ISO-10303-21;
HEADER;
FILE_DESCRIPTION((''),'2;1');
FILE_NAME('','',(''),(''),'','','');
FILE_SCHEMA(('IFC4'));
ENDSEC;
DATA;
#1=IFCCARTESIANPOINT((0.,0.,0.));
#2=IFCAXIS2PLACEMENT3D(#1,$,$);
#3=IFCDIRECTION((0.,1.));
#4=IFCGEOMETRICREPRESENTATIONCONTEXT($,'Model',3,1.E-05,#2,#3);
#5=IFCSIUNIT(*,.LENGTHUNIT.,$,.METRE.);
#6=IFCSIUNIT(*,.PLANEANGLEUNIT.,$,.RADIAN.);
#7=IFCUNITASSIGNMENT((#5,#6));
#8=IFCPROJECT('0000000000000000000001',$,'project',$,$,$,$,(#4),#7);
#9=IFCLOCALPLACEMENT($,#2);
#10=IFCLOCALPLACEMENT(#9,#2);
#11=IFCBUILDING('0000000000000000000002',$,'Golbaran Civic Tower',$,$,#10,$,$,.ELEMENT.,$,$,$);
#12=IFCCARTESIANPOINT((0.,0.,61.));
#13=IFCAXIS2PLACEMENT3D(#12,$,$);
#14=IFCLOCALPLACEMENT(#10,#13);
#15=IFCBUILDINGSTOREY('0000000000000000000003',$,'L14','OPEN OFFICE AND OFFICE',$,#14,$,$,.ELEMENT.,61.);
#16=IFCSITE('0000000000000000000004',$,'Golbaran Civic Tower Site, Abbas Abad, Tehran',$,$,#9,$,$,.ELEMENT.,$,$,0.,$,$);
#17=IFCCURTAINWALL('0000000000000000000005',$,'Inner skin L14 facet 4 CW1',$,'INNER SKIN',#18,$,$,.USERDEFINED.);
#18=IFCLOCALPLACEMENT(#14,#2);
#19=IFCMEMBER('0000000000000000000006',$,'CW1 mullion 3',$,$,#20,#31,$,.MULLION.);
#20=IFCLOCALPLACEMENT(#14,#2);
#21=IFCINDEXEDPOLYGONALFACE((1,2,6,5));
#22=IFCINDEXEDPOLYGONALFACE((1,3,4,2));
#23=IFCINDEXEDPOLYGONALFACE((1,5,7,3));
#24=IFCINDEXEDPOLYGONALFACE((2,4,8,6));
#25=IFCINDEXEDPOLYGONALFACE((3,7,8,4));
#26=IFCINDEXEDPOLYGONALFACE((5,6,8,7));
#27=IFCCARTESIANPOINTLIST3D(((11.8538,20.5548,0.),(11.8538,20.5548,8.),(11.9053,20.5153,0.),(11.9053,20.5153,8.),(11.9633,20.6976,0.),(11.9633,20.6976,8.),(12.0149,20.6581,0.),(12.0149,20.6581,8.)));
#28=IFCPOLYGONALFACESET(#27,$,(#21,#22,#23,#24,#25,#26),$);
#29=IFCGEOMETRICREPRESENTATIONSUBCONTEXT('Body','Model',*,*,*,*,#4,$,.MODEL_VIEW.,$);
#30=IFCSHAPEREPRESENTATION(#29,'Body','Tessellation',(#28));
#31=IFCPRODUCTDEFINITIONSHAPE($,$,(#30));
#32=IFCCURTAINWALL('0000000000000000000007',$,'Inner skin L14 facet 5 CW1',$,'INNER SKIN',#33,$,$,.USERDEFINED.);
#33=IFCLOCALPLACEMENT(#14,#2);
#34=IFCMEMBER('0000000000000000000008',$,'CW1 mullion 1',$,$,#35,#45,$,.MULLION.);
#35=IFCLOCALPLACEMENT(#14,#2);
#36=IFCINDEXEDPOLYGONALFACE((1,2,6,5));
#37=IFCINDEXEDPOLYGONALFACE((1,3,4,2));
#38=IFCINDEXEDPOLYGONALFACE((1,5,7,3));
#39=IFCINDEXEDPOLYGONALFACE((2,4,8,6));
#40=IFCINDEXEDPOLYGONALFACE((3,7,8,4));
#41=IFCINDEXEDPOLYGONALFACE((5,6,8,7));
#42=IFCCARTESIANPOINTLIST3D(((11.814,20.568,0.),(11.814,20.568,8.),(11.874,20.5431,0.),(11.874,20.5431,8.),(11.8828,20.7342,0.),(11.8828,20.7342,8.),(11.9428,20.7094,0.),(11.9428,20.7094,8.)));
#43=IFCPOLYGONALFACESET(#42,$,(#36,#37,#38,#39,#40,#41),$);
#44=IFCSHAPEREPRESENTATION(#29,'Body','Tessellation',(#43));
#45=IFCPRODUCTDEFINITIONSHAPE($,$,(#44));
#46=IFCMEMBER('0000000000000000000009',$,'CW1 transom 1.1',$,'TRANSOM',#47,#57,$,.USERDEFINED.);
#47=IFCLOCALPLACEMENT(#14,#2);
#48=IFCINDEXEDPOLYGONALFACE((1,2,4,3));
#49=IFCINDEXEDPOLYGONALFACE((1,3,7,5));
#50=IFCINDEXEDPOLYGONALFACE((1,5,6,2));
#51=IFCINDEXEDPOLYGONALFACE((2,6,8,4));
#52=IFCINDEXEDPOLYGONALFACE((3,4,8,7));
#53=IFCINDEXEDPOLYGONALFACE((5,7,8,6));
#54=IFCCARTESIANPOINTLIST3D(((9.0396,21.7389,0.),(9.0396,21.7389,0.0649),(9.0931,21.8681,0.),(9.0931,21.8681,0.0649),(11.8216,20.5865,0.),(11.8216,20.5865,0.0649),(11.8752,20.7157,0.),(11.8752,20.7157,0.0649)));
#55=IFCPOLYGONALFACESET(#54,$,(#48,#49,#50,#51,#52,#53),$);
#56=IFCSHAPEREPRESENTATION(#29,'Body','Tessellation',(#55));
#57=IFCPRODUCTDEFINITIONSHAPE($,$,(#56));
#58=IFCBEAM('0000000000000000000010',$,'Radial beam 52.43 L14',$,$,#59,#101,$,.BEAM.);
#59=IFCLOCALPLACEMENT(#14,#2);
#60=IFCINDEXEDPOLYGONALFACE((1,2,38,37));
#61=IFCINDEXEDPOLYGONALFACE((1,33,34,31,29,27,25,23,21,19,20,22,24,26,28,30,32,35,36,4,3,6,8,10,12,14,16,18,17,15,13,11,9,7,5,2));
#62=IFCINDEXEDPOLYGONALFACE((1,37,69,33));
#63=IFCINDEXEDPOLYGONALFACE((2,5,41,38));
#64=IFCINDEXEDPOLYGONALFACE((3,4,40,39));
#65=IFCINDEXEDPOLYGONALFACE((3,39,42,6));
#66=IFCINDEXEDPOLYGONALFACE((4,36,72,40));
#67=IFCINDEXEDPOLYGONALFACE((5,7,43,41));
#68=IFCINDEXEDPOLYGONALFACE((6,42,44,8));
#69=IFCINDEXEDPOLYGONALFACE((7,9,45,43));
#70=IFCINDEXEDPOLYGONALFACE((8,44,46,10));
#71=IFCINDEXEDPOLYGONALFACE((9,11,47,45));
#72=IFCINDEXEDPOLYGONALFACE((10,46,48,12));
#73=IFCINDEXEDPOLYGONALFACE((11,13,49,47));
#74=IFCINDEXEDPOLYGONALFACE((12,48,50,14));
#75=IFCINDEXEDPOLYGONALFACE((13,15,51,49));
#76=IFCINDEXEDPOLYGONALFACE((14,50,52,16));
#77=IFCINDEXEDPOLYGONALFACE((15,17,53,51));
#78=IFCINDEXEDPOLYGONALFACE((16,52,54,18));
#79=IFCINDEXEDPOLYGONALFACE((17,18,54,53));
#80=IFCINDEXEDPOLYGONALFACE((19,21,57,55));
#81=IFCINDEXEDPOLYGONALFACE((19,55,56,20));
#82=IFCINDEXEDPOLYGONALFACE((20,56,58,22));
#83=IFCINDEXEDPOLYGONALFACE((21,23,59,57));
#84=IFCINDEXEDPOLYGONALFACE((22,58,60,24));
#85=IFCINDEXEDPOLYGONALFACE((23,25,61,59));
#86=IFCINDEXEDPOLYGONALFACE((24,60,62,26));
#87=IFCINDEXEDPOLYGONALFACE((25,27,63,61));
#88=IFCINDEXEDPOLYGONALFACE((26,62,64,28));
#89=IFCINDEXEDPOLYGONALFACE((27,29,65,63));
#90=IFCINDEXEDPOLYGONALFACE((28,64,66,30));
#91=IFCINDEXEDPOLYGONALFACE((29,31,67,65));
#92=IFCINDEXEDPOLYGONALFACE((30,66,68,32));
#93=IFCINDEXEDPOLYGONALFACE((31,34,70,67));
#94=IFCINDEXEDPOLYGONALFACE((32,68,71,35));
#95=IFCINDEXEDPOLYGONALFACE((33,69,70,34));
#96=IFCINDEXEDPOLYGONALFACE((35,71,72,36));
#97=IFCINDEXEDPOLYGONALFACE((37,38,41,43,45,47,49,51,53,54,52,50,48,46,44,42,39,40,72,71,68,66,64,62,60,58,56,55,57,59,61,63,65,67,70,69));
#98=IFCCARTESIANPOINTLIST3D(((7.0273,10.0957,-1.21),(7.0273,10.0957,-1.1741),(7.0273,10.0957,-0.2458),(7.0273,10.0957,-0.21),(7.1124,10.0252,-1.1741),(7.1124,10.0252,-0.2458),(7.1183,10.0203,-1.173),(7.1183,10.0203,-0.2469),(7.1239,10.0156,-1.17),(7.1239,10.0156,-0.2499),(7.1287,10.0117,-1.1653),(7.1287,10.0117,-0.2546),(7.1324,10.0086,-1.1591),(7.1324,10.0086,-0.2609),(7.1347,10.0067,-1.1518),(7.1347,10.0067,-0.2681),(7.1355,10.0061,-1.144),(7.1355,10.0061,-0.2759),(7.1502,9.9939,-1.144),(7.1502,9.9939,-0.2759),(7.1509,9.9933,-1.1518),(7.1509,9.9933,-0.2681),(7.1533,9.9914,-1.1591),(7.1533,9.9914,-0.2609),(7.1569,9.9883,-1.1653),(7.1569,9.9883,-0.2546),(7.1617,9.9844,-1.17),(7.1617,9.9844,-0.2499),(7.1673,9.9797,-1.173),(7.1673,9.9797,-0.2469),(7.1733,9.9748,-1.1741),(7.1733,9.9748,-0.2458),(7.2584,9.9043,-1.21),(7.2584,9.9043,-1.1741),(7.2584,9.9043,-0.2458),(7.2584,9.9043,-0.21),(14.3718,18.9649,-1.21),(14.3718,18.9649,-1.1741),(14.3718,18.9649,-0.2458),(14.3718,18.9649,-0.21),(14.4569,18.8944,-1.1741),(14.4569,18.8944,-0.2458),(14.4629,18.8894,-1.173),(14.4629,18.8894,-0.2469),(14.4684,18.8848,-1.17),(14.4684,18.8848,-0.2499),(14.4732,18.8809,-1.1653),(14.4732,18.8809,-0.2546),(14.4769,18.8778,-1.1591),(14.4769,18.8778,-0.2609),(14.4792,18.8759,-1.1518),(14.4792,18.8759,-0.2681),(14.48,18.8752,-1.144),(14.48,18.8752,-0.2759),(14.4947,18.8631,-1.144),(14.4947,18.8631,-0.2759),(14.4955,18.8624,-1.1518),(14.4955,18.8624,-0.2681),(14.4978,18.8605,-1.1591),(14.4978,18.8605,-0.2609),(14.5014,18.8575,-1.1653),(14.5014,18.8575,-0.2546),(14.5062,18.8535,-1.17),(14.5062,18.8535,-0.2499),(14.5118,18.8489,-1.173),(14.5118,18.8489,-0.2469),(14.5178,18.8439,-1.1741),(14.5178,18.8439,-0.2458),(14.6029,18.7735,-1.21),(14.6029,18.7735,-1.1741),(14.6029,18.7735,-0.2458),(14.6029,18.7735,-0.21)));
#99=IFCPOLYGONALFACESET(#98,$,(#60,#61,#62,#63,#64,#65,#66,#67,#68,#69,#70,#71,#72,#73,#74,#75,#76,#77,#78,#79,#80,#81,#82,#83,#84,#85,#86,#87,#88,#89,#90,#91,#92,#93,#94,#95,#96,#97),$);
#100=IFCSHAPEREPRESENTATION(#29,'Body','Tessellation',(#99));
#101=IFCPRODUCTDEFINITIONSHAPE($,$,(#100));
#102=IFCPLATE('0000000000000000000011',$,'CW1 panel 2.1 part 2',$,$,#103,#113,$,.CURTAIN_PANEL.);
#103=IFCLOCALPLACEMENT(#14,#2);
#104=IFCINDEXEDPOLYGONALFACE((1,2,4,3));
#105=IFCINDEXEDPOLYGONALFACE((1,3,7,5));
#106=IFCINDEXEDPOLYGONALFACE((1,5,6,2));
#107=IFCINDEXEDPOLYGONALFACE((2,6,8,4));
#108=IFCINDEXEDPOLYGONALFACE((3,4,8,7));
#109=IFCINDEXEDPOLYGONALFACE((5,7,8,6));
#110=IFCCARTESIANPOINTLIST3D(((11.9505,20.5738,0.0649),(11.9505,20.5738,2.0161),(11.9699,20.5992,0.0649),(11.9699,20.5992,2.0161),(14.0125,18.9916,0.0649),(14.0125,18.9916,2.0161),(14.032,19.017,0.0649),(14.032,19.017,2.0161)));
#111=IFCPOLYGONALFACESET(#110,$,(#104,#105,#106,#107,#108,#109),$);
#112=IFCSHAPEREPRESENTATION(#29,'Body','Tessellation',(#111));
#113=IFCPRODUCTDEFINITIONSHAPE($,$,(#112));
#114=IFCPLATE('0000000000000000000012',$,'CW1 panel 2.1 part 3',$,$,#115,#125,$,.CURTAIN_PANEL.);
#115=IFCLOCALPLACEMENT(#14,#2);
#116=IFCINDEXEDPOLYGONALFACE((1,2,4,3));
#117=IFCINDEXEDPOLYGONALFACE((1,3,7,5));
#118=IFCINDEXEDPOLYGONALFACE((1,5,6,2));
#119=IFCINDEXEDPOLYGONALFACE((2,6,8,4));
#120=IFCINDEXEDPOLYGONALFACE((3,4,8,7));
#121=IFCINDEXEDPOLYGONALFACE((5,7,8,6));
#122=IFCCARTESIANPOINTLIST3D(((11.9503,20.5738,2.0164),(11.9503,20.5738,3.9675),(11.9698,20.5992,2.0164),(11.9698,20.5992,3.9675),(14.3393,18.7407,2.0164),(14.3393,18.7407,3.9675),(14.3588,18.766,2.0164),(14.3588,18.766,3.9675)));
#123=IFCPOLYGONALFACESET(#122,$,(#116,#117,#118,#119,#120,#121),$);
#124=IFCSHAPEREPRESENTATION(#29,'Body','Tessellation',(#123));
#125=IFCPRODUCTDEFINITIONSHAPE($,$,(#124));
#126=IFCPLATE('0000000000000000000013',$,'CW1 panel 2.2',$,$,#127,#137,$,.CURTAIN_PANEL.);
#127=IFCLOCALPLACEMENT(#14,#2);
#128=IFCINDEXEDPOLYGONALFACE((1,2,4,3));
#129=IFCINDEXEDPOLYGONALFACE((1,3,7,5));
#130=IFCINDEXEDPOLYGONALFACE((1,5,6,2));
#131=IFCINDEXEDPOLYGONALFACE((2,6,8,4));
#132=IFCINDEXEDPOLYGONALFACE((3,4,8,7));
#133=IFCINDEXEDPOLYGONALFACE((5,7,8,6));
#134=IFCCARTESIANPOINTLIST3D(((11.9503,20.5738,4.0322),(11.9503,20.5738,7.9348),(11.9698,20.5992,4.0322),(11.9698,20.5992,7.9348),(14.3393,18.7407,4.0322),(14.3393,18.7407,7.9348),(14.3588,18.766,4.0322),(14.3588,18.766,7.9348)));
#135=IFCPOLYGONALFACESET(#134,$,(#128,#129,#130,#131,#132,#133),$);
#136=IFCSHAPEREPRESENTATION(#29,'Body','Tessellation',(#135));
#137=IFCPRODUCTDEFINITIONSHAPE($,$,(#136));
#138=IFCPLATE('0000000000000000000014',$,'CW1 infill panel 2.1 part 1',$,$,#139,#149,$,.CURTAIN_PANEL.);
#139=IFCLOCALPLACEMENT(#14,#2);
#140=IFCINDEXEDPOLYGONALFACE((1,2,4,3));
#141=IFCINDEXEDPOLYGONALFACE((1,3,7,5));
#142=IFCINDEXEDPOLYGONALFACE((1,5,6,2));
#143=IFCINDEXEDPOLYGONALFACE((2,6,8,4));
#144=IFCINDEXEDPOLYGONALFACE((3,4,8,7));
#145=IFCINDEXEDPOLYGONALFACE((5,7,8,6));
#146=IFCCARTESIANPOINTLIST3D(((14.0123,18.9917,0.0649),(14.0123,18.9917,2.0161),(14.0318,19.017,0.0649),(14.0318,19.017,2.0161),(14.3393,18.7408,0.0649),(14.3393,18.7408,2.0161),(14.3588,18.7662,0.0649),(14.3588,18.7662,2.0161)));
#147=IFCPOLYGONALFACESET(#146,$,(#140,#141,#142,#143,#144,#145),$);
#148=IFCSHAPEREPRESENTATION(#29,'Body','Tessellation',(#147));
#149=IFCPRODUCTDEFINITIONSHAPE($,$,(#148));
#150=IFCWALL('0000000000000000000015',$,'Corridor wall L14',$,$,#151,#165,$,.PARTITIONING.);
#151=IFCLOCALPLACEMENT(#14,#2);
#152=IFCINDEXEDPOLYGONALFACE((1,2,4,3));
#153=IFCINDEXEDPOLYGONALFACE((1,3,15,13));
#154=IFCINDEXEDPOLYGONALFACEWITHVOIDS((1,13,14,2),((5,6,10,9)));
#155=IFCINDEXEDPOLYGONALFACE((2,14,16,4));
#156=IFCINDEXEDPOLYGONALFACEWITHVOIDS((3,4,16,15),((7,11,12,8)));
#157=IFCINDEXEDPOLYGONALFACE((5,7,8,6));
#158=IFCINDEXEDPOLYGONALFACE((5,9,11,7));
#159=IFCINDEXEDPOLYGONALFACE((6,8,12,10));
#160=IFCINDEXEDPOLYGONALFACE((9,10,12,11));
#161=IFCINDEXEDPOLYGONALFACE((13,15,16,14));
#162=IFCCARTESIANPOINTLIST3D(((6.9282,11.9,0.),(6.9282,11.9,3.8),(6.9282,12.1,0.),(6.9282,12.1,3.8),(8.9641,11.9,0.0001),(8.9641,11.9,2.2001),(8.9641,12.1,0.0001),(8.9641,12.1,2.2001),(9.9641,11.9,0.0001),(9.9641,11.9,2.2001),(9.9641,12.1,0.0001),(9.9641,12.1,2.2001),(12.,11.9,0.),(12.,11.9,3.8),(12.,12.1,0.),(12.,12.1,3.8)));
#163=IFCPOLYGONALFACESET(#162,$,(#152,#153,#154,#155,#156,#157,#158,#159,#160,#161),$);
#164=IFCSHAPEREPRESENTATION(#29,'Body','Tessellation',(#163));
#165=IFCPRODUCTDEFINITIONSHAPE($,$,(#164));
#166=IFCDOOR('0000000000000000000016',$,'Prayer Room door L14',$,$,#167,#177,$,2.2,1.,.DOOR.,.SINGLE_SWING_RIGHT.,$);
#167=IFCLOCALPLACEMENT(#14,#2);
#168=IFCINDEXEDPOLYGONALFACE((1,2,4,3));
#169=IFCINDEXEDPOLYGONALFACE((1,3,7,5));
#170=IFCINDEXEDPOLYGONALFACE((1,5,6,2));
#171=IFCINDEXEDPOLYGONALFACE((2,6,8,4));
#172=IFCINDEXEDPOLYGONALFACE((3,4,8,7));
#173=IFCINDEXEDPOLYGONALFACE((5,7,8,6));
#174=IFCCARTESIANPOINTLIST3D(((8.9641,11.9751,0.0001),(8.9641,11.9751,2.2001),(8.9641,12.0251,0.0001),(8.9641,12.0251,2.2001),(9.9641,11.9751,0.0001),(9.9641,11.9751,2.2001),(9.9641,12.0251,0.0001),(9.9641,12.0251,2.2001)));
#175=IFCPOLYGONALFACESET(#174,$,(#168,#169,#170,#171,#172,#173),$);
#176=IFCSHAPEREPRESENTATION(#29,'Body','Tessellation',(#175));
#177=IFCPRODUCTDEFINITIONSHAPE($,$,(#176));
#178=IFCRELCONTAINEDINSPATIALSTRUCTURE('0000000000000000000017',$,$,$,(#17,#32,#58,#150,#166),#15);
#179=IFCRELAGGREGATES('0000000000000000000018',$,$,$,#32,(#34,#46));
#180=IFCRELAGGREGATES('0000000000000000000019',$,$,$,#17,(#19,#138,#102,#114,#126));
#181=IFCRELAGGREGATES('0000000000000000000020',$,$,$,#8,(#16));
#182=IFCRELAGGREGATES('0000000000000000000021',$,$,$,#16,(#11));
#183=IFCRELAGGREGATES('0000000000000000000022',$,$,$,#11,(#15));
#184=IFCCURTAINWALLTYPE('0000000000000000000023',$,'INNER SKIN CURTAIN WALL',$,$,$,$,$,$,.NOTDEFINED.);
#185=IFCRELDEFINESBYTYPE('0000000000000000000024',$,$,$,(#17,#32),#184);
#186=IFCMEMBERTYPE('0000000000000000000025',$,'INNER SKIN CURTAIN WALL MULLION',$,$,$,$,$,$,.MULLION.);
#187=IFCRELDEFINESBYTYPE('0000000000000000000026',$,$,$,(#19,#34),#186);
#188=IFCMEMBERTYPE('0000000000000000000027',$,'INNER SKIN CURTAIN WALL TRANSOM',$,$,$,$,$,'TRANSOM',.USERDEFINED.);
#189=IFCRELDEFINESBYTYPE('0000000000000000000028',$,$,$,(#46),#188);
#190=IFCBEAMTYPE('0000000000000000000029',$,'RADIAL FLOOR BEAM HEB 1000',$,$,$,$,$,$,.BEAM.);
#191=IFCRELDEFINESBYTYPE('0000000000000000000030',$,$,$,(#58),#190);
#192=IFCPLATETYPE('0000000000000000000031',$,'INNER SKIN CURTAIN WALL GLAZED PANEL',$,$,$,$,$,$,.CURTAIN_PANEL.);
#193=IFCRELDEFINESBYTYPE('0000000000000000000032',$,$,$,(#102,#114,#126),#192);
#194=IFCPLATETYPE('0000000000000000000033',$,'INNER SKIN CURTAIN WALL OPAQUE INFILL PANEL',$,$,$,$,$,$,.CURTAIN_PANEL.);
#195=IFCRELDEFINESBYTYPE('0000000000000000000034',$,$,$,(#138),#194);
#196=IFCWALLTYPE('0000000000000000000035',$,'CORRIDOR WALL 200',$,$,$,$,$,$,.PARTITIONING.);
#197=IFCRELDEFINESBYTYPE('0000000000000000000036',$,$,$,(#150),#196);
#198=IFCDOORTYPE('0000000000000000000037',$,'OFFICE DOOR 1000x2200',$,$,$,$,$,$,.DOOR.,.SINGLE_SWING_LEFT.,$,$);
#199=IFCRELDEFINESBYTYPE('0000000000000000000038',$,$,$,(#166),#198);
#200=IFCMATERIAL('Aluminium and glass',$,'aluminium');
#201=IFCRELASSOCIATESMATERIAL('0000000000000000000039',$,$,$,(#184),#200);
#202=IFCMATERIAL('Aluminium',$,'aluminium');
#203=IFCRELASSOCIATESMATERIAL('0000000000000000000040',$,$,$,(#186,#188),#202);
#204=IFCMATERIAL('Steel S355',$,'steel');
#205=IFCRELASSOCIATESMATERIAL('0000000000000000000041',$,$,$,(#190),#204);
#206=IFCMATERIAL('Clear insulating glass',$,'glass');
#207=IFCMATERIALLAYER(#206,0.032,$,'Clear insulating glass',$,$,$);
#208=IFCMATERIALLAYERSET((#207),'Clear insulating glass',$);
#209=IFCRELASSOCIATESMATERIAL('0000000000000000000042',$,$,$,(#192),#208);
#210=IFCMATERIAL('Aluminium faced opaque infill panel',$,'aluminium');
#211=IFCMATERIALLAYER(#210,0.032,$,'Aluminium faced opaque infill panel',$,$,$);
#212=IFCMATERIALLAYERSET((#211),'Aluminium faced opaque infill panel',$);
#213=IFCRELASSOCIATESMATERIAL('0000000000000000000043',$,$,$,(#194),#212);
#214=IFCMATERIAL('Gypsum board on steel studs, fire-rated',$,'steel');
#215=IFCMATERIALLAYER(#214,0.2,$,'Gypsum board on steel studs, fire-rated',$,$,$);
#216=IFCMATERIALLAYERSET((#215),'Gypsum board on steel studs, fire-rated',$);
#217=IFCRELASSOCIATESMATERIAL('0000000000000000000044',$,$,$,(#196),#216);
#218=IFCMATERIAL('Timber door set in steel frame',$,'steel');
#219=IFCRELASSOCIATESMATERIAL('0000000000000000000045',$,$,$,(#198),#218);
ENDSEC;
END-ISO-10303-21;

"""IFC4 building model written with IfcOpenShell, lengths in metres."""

from ifc_helpers import new_model, si_unit, direction, frame, frame_2d, origin, origin_2d, place, context, subcontext, project, spatial, rectangle, i_section, extrude, material, layer, layer_set, material_profile, profile_set, type_object, element, fill, aggregate, save


model = new_model("IFC4")

# Units and contexts
model_context = context("Model", 3, precision=1e-05, world=origin(), true_north=direction((0.0, 1.0)))
body_context = subcontext(model_context, "Body", "Model", "MODEL_VIEW")
ifc_project = project(units=[si_unit("LENGTHUNIT", "METRE"), si_unit("PLANEANGLEUNIT", "RADIAN")], contexts=[model_context])

# Site, building, storey
site_placement = place(None, origin())
site = spatial("IfcSite", under=ifc_project, at=site_placement, Name="Golbaran Civic Tower Site, Abbas Abad, Tehran", CompositionType="ELEMENT", RefElevation=0.0)
building_placement = place(site_placement, origin())
building = spatial("IfcBuilding", under=site, at=building_placement, Name="Golbaran Civic Tower", CompositionType="ELEMENT")
storey_placement = place(building_placement, frame((0.0, 0.0, 61.0)))
storey = spatial("IfcBuildingStorey", under=building, at=storey_placement, Name="L14", Description="OPEN OFFICE AND OFFICE", CompositionType="ELEMENT", Elevation=61.0)

# Shared definitions
ifc_material_1 = material(Name="Steel S355", Category="steel")

# Curtain wall, member
ifc_material_2 = material(Name="Aluminium and glass", Category="aluminium")
curtain_wall_type = type_object("IfcCurtainWallType", Name="INNER SKIN CURTAIN WALL", PredefinedType="NOTDEFINED", material=ifc_material_2)
curtain_wall_1_placement = place(storey_placement, origin())
curtain_wall_1 = element("IfcCurtainWall", 1, at=curtain_wall_1_placement, inside=storey, type_object=curtain_wall_type, Name="Inner skin L14 facet 4 CW1", ObjectType="INNER SKIN", PredefinedType="USERDEFINED")
ifc_material_3 = material(Name="Aluminium", Category="aluminium")
ifc_material_profile_1 = material_profile(ifc_material_3, rectangle(XDim=0.1799, YDim=0.0649, at=origin_2d()), Name="INNER SKIN CURTAIN WALL MULLION")
ifc_profile_set_1 = profile_set([ifc_material_profile_1], Name="Aluminium")
member_type_1 = type_object("IfcMemberType", Name="INNER SKIN CURTAIN WALL MULLION", PredefinedType="MULLION", material=ifc_profile_set_1)
member_1_placement = place(storey_placement, frame((11.9343, 20.6064, 0.0), z_axis=(0.0, 0.0, 1.0), x_axis=(-0.608761, -0.793353, 0.0)))
member_1 = element("IfcMember", 2, at=member_1_placement, type_object=member_type_1, Name="CW1 mullion 3", PredefinedType="MULLION", context=body_context, shape_type="SweptSolid", body=[
    extrude(rectangle(XDim=0.1799, YDim=0.0649, at=origin_2d()), origin(), (0.0, 0.0, 1.0), 8.0),
])

# Curtain wall, members
curtain_wall_2_placement = place(storey_placement, origin())
curtain_wall_2 = element("IfcCurtainWall", 3, at=curtain_wall_2_placement, inside=storey, type_object=curtain_wall_type, Name="Inner skin L14 facet 5 CW1", ObjectType="INNER SKIN", PredefinedType="USERDEFINED")
member_2_placement = place(storey_placement, frame((11.8784, 20.6387, 0.0), z_axis=(0.0, 0.0, 1.0), x_axis=(-0.382683, -0.92388, 0.0)))
member_2 = element("IfcMember", 4, at=member_2_placement, type_object=member_type_1, Name="CW1 mullion 1", PredefinedType="MULLION", context=body_context, shape_type="SweptSolid", body=[
    extrude(rectangle(XDim=0.1799, YDim=0.0649, at=origin_2d()), origin(), (0.0, 0.0, 1.0), 8.0),
])
ifc_material_profile_2 = material_profile(ifc_material_3, rectangle(XDim=0.1399, YDim=0.0649, at=origin_2d()), Name="INNER SKIN CURTAIN WALL TRANSOM")
ifc_profile_set_2 = profile_set([ifc_material_profile_2], Name="Aluminium")
member_type_2 = type_object("IfcMemberType", Name="INNER SKIN CURTAIN WALL TRANSOM", ElementType="TRANSOM", PredefinedType="USERDEFINED", material=ifc_profile_set_2)
member_3_placement = place(storey_placement, frame((11.8484, 20.6511, 0.0325), z_axis=(-0.923878, 0.382686, 0.0), x_axis=(-0.382686, -0.923878, 0.0)))
member_3 = element("IfcMember", 5, at=member_3_placement, type_object=member_type_2, Name="CW1 transom 1.1", ObjectType="TRANSOM", PredefinedType="USERDEFINED", context=body_context, shape_type="SweptSolid", body=[
    extrude(rectangle(XDim=0.1399, YDim=0.0649, at=origin_2d()), origin(), (0.0, 0.0, 1.0), 3.0112),
])
aggregate(curtain_wall_2, [member_2, member_3])

# Beam
ifc_material_profile_3 = material_profile(ifc_material_1, i_section(OverallWidth=0.3, OverallDepth=1.0, WebThickness=0.019, FlangeThickness=0.0359, FilletRadius=0.03, at=origin_2d()), Name="HEB 1000")
ifc_profile_set_3 = profile_set([ifc_material_profile_3], Name="Steel S355")
beam_type_1 = type_object("IfcBeamType", Name="RADIAL FLOOR BEAM HEB 1000", PredefinedType="BEAM", material=ifc_profile_set_3)
beam_1_placement = place(storey_placement, frame((7.1428, 10.0, -0.71), z_axis=(0.6378, 0.770202, 0.0), x_axis=(-0.770202, 0.6378, 0.0)))
element("IfcBeam", 6, at=beam_1_placement, inside=storey, type_object=beam_type_1, Name="Radial beam 52.43 L14", PredefinedType="BEAM", context=body_context, shape_type="SweptSolid", body=[
    extrude(i_section(OverallWidth=0.3, OverallDepth=1.0, WebThickness=0.019, FlangeThickness=0.0359, FilletRadius=0.03, at=origin_2d()), origin(), (0.0, 0.0, 1.0), 11.5154),
])

# Plates
ifc_material_4 = material(Name="Clear insulating glass", Category="glass")
ifc_layer_1 = layer(ifc_material_4, 0.032, Name="Clear insulating glass")
ifc_layer_set_1 = layer_set([ifc_layer_1], Name="Clear insulating glass")
plate_type_1 = type_object("IfcPlateType", Name="INNER SKIN CURTAIN WALL GLAZED PANEL", PredefinedType="CURTAIN_PANEL", material=ifc_layer_set_1)
plate_1_placement = place(storey_placement, frame((12.9912, 19.7954, 0.0649), z_axis=(0.0, 0.0, 1.0), x_axis=(-0.793353, 0.608761, 0.0)))
plate_1 = element("IfcPlate", 7, at=plate_1_placement, type_object=plate_type_1, Name="CW1 panel 2.1 part 2", PredefinedType="CURTAIN_PANEL", context=body_context, shape_type="SweptSolid", body=[
    extrude(rectangle(XDim=2.5991, YDim=0.032, at=origin_2d()), origin(), (0.0, 0.0, 1.0), 1.9512),
])
plate_2_placement = place(storey_placement, frame((13.1545, 19.6699, 2.0164), z_axis=(0.0, 0.0, 1.0), x_axis=(-0.793353, 0.608761, 0.0)))
plate_2 = element("IfcPlate", 8, at=plate_2_placement, type_object=plate_type_1, Name="CW1 panel 2.1 part 3", PredefinedType="CURTAIN_PANEL", context=body_context, shape_type="SweptSolid", body=[
    extrude(rectangle(XDim=3.0112, YDim=0.032, at=origin_2d()), origin(), (0.0, 0.0, 1.0), 1.9512),
])
plate_3_placement = place(storey_placement, frame((13.1545, 19.6699, 4.0322), z_axis=(0.0, 0.0, 1.0), x_axis=(-0.793353, 0.608761, 0.0)))
plate_3 = element("IfcPlate", 9, at=plate_3_placement, type_object=plate_type_1, Name="CW1 panel 2.2", PredefinedType="CURTAIN_PANEL", context=body_context, shape_type="SweptSolid", body=[
    extrude(rectangle(XDim=3.0112, YDim=0.032, at=origin_2d()), origin(), (0.0, 0.0, 1.0), 3.9026),
])
ifc_material_5 = material(Name="Aluminium faced opaque infill panel", Category="aluminium")
ifc_layer_2 = layer(ifc_material_5, 0.032, Name="Aluminium faced opaque infill panel")
ifc_layer_set_2 = layer_set([ifc_layer_2], Name="Aluminium faced opaque infill panel")
plate_type_2 = type_object("IfcPlateType", Name="INNER SKIN CURTAIN WALL OPAQUE INFILL PANEL", PredefinedType="CURTAIN_PANEL", material=ifc_layer_set_2)
plate_4_placement = place(storey_placement, frame((14.1855, 18.8789, 0.0649), z_axis=(0.0, 0.0, 1.0), x_axis=(-0.793353, 0.608761, 0.0)))
plate_4 = element("IfcPlate", 10, at=plate_4_placement, type_object=plate_type_2, Name="CW1 infill panel 2.1 part 1", PredefinedType="CURTAIN_PANEL", context=body_context, shape_type="SweptSolid", body=[
    extrude(rectangle(XDim=0.4121, YDim=0.032, at=origin_2d()), origin(), (0.0, 0.0, 1.0), 1.9512),
])
aggregate(curtain_wall_1, [member_1, plate_4, plate_1, plate_2, plate_3])

# Wall, opening, door
ifc_material_6 = material(Name="Gypsum board on steel studs, fire-rated", Category="steel")
ifc_layer_3 = layer(ifc_material_6, 0.2, Name="Gypsum board on steel studs, fire-rated")
ifc_layer_set_3 = layer_set([ifc_layer_3], Name="Gypsum board on steel studs, fire-rated")
wall_type_1 = type_object("IfcWallType", Name="CORRIDOR WALL 200", PredefinedType="PARTITIONING", material=ifc_layer_set_3)
wall_1_placement = place(storey_placement, frame((12.0, 12.0, 0.0), z_axis=(0.0, 0.0, 1.0), x_axis=(-1.0, 0.0, 0.0)))
wall_1 = element("IfcWall", 11, at=wall_1_placement, inside=storey, type_object=wall_type_1, Name="Corridor wall L14", PredefinedType="PARTITIONING", context=body_context, shape_type="SweptSolid", body=[
    extrude(rectangle(XDim=5.0718, YDim=0.2, at=frame_2d((2.5359, 0.0))), origin(), (0.0, 0.0, 1.0), 3.8),
])
opening_1_placement = place(wall_1_placement, frame((2.0359, 0.0, 0.0)))
opening_1 = element("IfcOpeningElement", 12, at=opening_1_placement, cuts=wall_1, PredefinedType="OPENING", context=body_context, shape_type="SweptSolid", body=[
    extrude(rectangle(XDim=1.0, YDim=2.2, at=frame_2d((0.5, 1.1001))), frame((0.0, 0.1099, 0.0), z_axis=(0.0, -1.0, 0.0), x_axis=(1.0, 0.0, 0.0)), (0.0, 0.0, 1.0), 0.22),
])
ifc_material_7 = material(Name="Timber door set in steel frame", Category="steel")
door_type_1 = type_object("IfcDoorType", Name="OFFICE DOOR 1000x2200", OperationType="SINGLE_SWING_LEFT", PredefinedType="DOOR", material=ifc_material_7)
door_1_placement = place(opening_1_placement, origin())
door_1 = element("IfcDoor", 13, at=door_1_placement, inside=storey, type_object=door_type_1, Name="Prayer Room door L14", OperationType="SINGLE_SWING_RIGHT", OverallHeight=2.2, OverallWidth=1.0, PredefinedType="DOOR", context=body_context, shape_type="SweptSolid", body=[
    extrude(rectangle(XDim=1.0, YDim=2.2, at=frame_2d((0.5, 1.1001))), frame((0.0, 0.0249, 0.0), z_axis=(0.0, -1.0, 0.0), x_axis=(1.0, 0.0, 0.0)), (0.0, 0.0, 1.0), 0.05),
])
fill(opening_1, door_1)

save(model, "model.ifc")
